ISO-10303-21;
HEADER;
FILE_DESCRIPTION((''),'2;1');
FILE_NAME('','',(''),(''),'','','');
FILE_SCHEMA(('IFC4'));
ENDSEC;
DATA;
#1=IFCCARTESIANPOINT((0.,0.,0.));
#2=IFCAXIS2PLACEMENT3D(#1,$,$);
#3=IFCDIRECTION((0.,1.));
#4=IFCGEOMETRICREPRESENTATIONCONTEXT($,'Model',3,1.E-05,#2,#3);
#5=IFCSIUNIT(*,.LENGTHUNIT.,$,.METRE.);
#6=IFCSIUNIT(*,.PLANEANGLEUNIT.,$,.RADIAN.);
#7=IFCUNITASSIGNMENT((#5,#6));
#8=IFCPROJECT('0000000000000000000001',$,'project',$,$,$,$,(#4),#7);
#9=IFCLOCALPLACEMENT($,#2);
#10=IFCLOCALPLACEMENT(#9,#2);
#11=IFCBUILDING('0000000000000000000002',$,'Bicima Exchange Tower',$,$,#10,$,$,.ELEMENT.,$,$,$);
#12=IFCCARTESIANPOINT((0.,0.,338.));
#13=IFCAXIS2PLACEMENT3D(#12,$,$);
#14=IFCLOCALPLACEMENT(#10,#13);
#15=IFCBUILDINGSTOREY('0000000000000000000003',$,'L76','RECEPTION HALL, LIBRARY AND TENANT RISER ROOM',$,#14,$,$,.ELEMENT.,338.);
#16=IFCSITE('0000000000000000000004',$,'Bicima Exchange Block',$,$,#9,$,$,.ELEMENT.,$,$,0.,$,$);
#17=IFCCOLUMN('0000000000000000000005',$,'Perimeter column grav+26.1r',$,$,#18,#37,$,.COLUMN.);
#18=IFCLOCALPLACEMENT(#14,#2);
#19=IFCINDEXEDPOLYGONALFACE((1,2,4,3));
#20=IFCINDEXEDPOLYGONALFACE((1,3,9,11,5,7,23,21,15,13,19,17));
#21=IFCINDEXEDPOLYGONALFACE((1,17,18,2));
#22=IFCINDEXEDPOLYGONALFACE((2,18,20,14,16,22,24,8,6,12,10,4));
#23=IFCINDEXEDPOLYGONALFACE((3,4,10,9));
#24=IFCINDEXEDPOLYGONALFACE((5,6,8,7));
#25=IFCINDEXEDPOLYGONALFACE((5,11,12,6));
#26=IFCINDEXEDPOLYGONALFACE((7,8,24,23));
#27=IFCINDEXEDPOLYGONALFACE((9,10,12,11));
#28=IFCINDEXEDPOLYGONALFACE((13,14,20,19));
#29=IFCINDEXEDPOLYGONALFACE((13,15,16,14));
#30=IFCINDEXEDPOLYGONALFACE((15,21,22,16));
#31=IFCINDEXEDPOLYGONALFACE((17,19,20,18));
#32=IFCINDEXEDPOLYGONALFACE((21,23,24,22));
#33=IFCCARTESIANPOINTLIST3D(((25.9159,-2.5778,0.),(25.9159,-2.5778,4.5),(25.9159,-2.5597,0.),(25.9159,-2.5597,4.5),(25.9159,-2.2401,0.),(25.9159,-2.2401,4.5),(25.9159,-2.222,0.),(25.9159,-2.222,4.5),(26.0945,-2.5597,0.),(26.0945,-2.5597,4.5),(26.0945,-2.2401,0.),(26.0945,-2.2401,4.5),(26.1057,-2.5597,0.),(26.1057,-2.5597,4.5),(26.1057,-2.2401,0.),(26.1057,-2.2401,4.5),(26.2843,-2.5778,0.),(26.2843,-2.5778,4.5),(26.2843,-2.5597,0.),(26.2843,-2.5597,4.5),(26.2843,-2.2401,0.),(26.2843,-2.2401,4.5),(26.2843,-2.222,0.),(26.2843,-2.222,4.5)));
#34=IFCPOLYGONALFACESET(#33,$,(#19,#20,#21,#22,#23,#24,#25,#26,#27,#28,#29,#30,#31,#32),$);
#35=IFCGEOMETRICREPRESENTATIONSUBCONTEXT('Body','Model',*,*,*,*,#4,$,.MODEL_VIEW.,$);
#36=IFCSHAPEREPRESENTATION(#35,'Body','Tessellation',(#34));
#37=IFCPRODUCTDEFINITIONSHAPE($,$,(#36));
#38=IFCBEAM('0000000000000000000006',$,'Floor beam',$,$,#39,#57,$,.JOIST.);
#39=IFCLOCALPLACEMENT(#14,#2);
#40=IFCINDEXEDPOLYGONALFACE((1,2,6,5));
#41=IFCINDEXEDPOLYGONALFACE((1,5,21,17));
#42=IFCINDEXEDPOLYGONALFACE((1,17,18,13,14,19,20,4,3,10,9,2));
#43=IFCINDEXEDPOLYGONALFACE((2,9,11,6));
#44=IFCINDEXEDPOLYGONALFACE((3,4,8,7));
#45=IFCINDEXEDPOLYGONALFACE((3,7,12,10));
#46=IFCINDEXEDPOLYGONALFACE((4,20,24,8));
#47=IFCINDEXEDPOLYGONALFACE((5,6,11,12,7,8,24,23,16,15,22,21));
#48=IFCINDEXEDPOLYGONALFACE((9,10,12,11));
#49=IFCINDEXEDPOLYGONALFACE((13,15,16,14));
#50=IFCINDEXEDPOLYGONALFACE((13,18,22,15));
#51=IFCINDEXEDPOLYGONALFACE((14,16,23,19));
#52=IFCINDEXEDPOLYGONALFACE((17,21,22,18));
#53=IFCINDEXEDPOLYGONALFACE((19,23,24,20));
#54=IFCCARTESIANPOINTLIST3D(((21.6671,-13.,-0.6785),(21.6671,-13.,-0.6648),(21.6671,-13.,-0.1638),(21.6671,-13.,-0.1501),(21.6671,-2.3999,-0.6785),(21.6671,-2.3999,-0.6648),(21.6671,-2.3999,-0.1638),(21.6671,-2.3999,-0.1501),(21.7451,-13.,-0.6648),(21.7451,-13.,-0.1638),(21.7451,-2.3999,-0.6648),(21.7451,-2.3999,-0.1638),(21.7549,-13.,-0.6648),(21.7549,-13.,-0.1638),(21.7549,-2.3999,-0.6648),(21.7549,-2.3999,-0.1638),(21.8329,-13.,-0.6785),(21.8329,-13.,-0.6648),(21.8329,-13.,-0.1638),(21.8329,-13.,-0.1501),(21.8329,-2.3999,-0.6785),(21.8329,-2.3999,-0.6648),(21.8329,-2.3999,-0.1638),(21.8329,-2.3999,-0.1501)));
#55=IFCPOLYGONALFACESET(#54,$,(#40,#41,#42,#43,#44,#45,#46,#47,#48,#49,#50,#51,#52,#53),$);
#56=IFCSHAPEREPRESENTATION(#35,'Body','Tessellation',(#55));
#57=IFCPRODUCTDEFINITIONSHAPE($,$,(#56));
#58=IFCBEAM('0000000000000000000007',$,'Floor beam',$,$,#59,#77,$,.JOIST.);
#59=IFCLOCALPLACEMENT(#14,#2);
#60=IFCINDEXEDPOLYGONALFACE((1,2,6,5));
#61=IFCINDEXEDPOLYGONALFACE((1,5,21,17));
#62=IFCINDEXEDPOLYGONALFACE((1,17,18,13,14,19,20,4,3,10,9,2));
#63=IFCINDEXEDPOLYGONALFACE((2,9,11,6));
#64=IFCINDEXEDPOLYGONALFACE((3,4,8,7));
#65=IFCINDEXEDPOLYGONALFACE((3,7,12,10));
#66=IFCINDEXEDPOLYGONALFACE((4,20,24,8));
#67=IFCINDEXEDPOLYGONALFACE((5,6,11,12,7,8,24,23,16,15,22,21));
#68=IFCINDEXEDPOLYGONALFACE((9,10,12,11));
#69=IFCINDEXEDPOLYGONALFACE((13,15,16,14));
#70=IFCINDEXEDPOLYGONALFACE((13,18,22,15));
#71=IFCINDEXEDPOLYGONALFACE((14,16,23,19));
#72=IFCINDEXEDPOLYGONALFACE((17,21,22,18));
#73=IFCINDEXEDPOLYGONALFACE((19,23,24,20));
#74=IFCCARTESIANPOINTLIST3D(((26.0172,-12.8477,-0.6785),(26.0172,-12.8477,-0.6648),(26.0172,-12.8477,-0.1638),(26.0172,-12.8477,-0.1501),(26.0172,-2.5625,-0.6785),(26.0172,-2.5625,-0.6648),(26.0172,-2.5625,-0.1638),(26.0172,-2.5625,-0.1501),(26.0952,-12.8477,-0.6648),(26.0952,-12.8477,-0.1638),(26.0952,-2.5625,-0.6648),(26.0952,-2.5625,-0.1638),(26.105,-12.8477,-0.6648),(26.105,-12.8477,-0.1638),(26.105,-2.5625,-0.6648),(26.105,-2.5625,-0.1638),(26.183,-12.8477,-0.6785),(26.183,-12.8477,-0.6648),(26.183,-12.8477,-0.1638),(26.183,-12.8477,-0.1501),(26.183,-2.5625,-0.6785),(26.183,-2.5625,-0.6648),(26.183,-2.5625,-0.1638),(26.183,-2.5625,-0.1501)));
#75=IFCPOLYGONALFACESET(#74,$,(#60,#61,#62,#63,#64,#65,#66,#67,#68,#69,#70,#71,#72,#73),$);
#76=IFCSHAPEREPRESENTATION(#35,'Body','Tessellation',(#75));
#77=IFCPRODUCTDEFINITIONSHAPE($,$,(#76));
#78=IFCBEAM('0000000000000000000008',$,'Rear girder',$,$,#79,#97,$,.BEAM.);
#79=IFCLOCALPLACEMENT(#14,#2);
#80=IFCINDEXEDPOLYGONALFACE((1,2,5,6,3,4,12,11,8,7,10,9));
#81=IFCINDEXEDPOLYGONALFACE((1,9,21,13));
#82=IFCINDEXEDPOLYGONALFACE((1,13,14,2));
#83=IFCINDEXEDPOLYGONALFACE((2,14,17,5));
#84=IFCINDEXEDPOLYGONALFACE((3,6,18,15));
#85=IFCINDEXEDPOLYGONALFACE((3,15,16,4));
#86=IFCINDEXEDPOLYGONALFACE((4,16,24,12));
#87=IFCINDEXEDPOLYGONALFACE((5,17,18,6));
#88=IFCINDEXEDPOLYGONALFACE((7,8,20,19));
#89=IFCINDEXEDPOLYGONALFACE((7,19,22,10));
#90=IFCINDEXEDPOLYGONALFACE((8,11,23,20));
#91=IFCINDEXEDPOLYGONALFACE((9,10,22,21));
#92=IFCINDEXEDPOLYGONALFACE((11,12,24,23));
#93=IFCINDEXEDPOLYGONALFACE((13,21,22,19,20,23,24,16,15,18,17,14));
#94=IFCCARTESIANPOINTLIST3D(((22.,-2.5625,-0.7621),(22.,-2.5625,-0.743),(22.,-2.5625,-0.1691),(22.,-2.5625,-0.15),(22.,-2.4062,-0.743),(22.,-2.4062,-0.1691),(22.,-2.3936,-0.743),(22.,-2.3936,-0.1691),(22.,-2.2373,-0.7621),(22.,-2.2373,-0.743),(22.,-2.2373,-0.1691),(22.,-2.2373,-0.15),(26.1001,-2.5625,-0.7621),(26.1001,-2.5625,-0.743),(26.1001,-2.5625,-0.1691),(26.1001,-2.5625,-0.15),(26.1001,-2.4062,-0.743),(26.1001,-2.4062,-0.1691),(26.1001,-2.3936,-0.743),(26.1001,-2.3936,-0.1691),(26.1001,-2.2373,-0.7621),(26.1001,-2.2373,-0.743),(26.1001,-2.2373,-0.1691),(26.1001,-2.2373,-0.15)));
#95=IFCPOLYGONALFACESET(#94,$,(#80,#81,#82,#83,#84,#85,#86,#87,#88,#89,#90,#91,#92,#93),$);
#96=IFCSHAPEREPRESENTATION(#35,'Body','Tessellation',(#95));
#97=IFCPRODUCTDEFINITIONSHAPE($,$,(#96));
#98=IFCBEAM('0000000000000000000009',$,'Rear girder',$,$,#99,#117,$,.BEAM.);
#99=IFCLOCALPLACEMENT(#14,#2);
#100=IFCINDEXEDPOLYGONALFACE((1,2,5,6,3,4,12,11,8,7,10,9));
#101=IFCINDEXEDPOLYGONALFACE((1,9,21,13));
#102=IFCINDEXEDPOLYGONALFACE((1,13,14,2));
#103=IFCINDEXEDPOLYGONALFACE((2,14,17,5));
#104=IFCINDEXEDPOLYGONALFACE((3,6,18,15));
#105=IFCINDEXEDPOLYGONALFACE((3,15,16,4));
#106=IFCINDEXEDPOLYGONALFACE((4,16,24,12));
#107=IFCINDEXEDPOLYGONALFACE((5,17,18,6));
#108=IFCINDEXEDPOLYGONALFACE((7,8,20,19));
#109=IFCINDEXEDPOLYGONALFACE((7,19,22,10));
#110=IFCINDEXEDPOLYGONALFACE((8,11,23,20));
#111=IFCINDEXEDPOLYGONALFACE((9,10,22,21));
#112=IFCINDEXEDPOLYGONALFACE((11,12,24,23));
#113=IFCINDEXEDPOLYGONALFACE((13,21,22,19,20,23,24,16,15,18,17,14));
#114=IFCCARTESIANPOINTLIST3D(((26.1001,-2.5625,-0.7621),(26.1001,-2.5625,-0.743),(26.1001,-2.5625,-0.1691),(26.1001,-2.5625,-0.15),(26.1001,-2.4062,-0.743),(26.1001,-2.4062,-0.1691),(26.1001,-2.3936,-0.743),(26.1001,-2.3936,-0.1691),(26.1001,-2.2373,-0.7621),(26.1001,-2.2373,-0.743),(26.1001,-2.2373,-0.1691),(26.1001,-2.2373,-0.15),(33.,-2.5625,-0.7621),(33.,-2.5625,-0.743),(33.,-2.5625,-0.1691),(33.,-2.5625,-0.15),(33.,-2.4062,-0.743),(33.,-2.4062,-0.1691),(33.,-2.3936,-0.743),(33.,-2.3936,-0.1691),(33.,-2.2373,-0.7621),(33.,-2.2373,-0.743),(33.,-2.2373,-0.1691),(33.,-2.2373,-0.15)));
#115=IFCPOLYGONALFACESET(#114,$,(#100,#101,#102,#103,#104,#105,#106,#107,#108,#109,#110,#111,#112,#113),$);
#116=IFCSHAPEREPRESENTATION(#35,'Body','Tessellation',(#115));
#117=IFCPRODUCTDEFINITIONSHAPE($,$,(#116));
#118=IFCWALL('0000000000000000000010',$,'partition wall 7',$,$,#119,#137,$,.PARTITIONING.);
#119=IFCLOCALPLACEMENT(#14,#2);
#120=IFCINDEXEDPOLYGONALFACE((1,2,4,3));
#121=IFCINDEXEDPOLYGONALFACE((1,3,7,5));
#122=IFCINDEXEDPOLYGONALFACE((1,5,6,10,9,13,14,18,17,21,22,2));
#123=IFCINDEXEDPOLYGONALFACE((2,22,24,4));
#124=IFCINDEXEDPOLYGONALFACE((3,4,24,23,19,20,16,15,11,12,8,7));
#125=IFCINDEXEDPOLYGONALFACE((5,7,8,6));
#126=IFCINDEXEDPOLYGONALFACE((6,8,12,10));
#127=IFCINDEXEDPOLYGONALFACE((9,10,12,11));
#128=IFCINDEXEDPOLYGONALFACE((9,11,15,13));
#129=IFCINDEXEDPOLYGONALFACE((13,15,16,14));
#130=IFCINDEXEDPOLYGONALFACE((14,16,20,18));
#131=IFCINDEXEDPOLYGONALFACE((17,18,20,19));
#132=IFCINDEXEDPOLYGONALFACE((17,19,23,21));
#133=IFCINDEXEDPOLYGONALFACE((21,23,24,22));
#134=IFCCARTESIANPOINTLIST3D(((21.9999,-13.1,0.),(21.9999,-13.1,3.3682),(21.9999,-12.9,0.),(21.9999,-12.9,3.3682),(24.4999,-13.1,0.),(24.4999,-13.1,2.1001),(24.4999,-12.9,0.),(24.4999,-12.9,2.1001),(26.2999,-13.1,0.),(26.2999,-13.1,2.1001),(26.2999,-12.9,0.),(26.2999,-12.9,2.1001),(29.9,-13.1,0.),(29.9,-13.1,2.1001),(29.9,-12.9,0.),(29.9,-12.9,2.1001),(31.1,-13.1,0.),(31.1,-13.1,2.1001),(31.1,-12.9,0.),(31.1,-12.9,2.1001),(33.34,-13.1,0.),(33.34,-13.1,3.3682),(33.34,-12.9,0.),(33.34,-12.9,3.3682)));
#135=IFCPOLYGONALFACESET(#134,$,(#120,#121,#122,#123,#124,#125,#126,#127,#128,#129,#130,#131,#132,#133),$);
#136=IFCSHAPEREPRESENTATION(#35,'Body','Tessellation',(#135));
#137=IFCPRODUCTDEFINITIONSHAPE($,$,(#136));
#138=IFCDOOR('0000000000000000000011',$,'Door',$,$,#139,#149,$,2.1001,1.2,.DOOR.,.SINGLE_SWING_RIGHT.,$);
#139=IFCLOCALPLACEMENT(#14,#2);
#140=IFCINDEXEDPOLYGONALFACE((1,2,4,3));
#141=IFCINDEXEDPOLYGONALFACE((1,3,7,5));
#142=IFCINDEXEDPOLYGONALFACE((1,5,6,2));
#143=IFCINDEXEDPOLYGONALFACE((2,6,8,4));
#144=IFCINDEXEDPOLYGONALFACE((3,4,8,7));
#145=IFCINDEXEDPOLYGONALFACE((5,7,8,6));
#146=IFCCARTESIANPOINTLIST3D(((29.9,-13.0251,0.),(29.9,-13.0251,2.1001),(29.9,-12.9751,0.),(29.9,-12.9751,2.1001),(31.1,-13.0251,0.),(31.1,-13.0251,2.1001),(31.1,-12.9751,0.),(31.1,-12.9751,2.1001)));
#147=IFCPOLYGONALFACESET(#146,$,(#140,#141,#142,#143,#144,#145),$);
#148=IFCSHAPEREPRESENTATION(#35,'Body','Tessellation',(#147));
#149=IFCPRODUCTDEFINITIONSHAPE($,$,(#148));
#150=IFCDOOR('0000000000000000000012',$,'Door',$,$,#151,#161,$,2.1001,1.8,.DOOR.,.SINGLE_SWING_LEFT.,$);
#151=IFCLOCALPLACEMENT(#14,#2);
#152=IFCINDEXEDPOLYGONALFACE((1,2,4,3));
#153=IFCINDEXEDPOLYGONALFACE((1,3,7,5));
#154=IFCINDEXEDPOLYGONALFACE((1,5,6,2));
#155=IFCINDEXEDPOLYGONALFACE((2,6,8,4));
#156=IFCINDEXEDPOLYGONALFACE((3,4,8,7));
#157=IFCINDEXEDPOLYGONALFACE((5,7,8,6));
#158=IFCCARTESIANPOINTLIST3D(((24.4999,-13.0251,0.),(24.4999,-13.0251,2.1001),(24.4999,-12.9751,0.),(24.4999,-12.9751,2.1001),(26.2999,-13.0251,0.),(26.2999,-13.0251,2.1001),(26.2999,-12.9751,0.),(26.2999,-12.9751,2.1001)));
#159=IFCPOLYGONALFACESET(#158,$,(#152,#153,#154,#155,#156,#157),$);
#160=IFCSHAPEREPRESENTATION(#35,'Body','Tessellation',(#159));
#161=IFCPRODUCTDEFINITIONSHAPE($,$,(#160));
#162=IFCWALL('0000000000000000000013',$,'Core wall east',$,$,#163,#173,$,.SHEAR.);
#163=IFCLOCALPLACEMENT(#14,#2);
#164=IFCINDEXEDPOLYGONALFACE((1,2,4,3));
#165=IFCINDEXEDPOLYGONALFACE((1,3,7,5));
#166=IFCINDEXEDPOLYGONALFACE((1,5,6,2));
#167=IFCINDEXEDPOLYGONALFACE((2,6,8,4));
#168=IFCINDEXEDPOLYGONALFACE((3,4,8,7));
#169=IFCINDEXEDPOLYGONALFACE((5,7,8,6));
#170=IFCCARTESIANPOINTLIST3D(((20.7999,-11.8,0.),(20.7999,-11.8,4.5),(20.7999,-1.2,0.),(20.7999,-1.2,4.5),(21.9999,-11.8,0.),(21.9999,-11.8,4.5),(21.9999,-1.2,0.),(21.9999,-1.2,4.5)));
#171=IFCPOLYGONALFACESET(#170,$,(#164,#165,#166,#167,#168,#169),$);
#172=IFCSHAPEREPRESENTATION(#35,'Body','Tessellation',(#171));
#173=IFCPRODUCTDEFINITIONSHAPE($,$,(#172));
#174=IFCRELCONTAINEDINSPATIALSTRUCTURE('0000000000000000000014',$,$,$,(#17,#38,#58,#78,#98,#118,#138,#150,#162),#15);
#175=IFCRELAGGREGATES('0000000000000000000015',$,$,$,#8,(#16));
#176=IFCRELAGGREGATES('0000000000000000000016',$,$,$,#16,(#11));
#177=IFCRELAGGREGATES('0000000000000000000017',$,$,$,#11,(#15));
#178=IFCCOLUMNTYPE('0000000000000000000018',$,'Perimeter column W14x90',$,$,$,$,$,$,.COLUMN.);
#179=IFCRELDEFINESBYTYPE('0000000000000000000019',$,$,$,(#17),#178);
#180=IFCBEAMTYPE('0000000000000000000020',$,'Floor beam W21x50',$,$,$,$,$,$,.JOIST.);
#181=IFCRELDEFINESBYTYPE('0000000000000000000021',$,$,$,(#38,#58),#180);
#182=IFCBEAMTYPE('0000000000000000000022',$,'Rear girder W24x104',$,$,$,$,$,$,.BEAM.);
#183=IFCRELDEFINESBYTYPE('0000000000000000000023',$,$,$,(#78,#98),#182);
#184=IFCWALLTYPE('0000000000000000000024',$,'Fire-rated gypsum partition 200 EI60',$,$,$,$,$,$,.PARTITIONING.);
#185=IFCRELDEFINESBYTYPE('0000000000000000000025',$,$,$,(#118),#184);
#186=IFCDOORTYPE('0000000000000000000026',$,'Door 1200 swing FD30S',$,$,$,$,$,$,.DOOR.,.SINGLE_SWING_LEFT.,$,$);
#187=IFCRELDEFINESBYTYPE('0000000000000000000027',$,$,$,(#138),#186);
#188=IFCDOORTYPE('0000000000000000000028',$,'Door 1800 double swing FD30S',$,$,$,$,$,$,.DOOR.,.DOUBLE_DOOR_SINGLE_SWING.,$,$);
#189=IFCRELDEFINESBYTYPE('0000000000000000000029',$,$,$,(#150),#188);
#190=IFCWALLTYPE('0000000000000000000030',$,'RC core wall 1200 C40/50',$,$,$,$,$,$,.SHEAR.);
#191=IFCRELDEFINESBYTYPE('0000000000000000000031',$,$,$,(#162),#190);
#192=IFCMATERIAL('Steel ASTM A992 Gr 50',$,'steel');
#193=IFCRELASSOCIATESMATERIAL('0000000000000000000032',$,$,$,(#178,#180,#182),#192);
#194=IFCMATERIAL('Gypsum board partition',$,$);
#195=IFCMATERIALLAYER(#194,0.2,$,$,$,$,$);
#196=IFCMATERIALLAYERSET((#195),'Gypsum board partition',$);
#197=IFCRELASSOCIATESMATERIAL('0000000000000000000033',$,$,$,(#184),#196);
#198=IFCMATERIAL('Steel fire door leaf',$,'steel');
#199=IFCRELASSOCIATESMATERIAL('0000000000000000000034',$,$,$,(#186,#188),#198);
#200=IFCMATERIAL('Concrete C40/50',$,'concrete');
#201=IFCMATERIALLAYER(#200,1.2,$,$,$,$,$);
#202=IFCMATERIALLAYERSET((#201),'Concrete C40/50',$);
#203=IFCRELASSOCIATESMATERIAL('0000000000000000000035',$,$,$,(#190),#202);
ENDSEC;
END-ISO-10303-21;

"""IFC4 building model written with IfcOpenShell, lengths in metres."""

from ifc_helpers import new_model, si_unit, direction, frame, frame_2d, origin, origin_2d, place, context, subcontext, project, spatial, rectangle, i_section, extrude, material, layer, layer_set, material_profile, profile_set, type_object, element, fill, save


model = new_model("IFC4")

# Units and contexts
model_context = context("Model", 3, precision=1e-05, world=origin(), true_north=direction((0.0, 1.0)))
body_context = subcontext(model_context, "Body", "Model", "MODEL_VIEW")
ifc_project = project(units=[si_unit("LENGTHUNIT", "METRE"), si_unit("PLANEANGLEUNIT", "RADIAN")], contexts=[model_context])

# Site, building, storey
site_placement = place(None, origin())
site = spatial("IfcSite", under=ifc_project, at=site_placement, Name="Bicima Exchange Block", CompositionType="ELEMENT", RefElevation=0.0)
building_placement = place(site_placement, origin())
building = spatial("IfcBuilding", under=site, at=building_placement, Name="Bicima Exchange Tower", CompositionType="ELEMENT")
storey_placement = place(building_placement, frame((0.0, 0.0, 338.0)))
storey = spatial("IfcBuildingStorey", under=building, at=storey_placement, Name="L76", Description="RECEPTION HALL, LIBRARY AND TENANT RISER ROOM", CompositionType="ELEMENT", Elevation=338.0)

# Column
ifc_material_1 = material(Name="Steel ASTM A992 Gr 50", Category="steel")
ifc_material_profile_1 = material_profile(ifc_material_1, i_section(OverallWidth=0.3684, OverallDepth=0.3557, WebThickness=0.0112, FlangeThickness=0.0181, at=origin_2d()))
ifc_profile_set_1 = profile_set([ifc_material_profile_1], Name="Steel ASTM A992 Gr 50")
column_type = type_object("IfcColumnType", Name="Perimeter column W14x90", PredefinedType="COLUMN", material=ifc_profile_set_1)
column_placement = place(storey_placement, frame((26.1001, -2.3999, 0.0), z_axis=(0.0, 0.0, 1.0), x_axis=(1.0, 0.0, 0.0)))
element("IfcColumn", 1, at=column_placement, inside=storey, type_object=column_type, Name="Perimeter column grav+26.1r", PredefinedType="COLUMN", context=body_context, shape_type="SweptSolid", body=[
    extrude(i_section(OverallWidth=0.3684, OverallDepth=0.3557, WebThickness=0.0112, FlangeThickness=0.0181, at=origin_2d()), origin(), (0.0, 0.0, 1.0), 4.5),
])

# Beams
ifc_material_profile_2 = material_profile(ifc_material_1, i_section(OverallWidth=0.1658, OverallDepth=0.5283, WebThickness=0.0098, FlangeThickness=0.0137, at=origin_2d()))
ifc_profile_set_2 = profile_set([ifc_material_profile_2], Name="Steel ASTM A992 Gr 50")
beam_type_1 = type_object("IfcBeamType", Name="Floor beam W21x50", PredefinedType="JOIST", material=ifc_profile_set_2)
beam_1_placement = place(storey_placement, frame((21.75, -2.3999, -0.4143), z_axis=(0.0, -1.0, 0.0), x_axis=(1.0, 0.0, 0.0)))
element("IfcBeam", 2, at=beam_1_placement, inside=storey, type_object=beam_type_1, Name="Floor beam", PredefinedType="JOIST", context=body_context, shape_type="SweptSolid", body=[
    extrude(i_section(OverallWidth=0.1658, OverallDepth=0.5283, WebThickness=0.0098, FlangeThickness=0.0137, at=origin_2d()), origin(), (0.0, 0.0, 1.0), 10.6001),
])
beam_2_placement = place(storey_placement, frame((26.1001, -2.5625, -0.4143), z_axis=(0.0, -1.0, 0.0), x_axis=(1.0, 0.0, 0.0)))
element("IfcBeam", 3, at=beam_2_placement, inside=storey, type_object=beam_type_1, Name="Floor beam", PredefinedType="JOIST", context=body_context, shape_type="SweptSolid", body=[
    extrude(i_section(OverallWidth=0.1658, OverallDepth=0.5283, WebThickness=0.0098, FlangeThickness=0.0137, at=origin_2d()), origin(), (0.0, 0.0, 1.0), 10.2852),
])
ifc_material_profile_3 = material_profile(ifc_material_1, i_section(OverallWidth=0.3252, OverallDepth=0.6121, WebThickness=0.0127, FlangeThickness=0.019, at=origin_2d()))
ifc_profile_set_3 = profile_set([ifc_material_profile_3], Name="Steel ASTM A992 Gr 50")
beam_type_2 = type_object("IfcBeamType", Name="Rear girder W24x104", PredefinedType="BEAM", material=ifc_profile_set_3)
beam_3_placement = place(storey_placement, frame((22.0, -2.3999, -0.4561), z_axis=(1.0, 0.0, 0.0), x_axis=(0.0, 1.0, 0.0)))
element("IfcBeam", 4, at=beam_3_placement, inside=storey, type_object=beam_type_2, Name="Rear girder", PredefinedType="BEAM", context=body_context, shape_type="SweptSolid", body=[
    extrude(i_section(OverallWidth=0.3252, OverallDepth=0.6121, WebThickness=0.0127, FlangeThickness=0.019, at=origin_2d()), origin(), (0.0, 0.0, 1.0), 4.1001),
])
beam_4_placement = place(storey_placement, frame((26.1001, -2.3999, -0.4561), z_axis=(1.0, 0.0, 0.0), x_axis=(0.0, 1.0, 0.0)))
element("IfcBeam", 5, at=beam_4_placement, inside=storey, type_object=beam_type_2, Name="Rear girder", PredefinedType="BEAM", context=body_context, shape_type="SweptSolid", body=[
    extrude(i_section(OverallWidth=0.3252, OverallDepth=0.6121, WebThickness=0.0127, FlangeThickness=0.019, at=origin_2d()), origin(), (0.0, 0.0, 1.0), 6.8999),
])

# Wall, openings, doors
ifc_material_2 = material(Name="Gypsum board partition")
ifc_layer_1 = layer(ifc_material_2, 0.2)
ifc_layer_set_1 = layer_set([ifc_layer_1], Name="Gypsum board partition")
wall_type_1 = type_object("IfcWallType", Name="Fire-rated gypsum partition 200 EI60", PredefinedType="PARTITIONING", material=ifc_layer_set_1)
wall_1_placement = place(storey_placement, frame((22.0, -13.0, 0.0), z_axis=(0.0, 0.0, 1.0), x_axis=(1.0, 0.0, 0.0)))
wall_1 = element("IfcWall", 6, at=wall_1_placement, inside=storey, type_object=wall_type_1, Name="partition wall 7", PredefinedType="PARTITIONING", context=body_context, shape_type="SweptSolid", body=[
    extrude(rectangle(XDim=11.3401, YDim=0.2, at=frame_2d((5.6699, 0.0))), origin(), (0.0, 0.0, 1.0), 3.3682),
])
opening_1_placement = place(wall_1_placement, frame((7.8999, 0.0, 0.0)))
opening_1 = element("IfcOpeningElement", 7, at=opening_1_placement, cuts=wall_1, PredefinedType="OPENING", context=body_context, shape_type="SweptSolid", body=[
    extrude(rectangle(XDim=1.2, YDim=2.1001, at=frame_2d((0.6001, 1.05))), frame((0.0, 0.1118, 0.0), z_axis=(0.0, -1.0, 0.0), x_axis=(1.0, 0.0, 0.0)), (0.0, 0.0, 1.0), 0.2239),
])
opening_2_placement = place(wall_1_placement, frame((2.5, 0.0, 0.0)))
opening_2 = element("IfcOpeningElement", 8, at=opening_2_placement, cuts=wall_1, PredefinedType="OPENING", context=body_context, shape_type="SweptSolid", body=[
    extrude(rectangle(XDim=1.8, YDim=2.1001, at=frame_2d((0.8999, 1.05))), frame((0.0, 0.1118, 0.0), z_axis=(0.0, -1.0, 0.0), x_axis=(1.0, 0.0, 0.0)), (0.0, 0.0, 1.0), 0.2239),
])
ifc_material_3 = material(Name="Steel fire door leaf", Category="steel")
door_type_1 = type_object("IfcDoorType", Name="Door 1200 swing FD30S", OperationType="SINGLE_SWING_LEFT", PredefinedType="DOOR", material=ifc_material_3)
door_1_placement = place(opening_1_placement, origin())
door_1 = element("IfcDoor", 9, at=door_1_placement, inside=storey, type_object=door_type_1, Name="Door", OperationType="SINGLE_SWING_RIGHT", OverallHeight=2.1001, OverallWidth=1.2, PredefinedType="DOOR", context=body_context, shape_type="SweptSolid", body=[
    extrude(rectangle(XDim=1.2, YDim=2.1001, at=frame_2d((0.6001, 1.05))), frame((0.0, 0.0249, 0.0), z_axis=(0.0, -1.0, 0.0), x_axis=(1.0, 0.0, 0.0)), (0.0, 0.0, 1.0), 0.05),
])
fill(opening_1, door_1)
door_type_2 = type_object("IfcDoorType", Name="Door 1800 double swing FD30S", OperationType="DOUBLE_DOOR_SINGLE_SWING", PredefinedType="DOOR", material=ifc_material_3)
door_2_placement = place(opening_2_placement, origin())
door_2 = element("IfcDoor", 10, at=door_2_placement, inside=storey, type_object=door_type_2, Name="Door", OperationType="SINGLE_SWING_LEFT", OverallHeight=2.1001, OverallWidth=1.8, PredefinedType="DOOR", context=body_context, shape_type="SweptSolid", body=[
    extrude(rectangle(XDim=1.8, YDim=2.1001, at=frame_2d((0.8999, 1.05))), frame((0.0, 0.0249, 0.0), z_axis=(0.0, -1.0, 0.0), x_axis=(1.0, 0.0, 0.0)), (0.0, 0.0, 1.0), 0.05),
])
fill(opening_2, door_2)

# Wall
ifc_material_4 = material(Name="Concrete C40/50", Category="concrete")
ifc_layer_2 = layer(ifc_material_4, 1.2)
ifc_layer_set_2 = layer_set([ifc_layer_2], Name="Concrete C40/50")
wall_type_2 = type_object("IfcWallType", Name="RC core wall 1200 C40/50", PredefinedType="SHEAR", material=ifc_layer_set_2)
wall_2_placement = place(storey_placement, frame((21.3999, -11.8, 0.0), z_axis=(0.0, 0.0, 1.0), x_axis=(0.0, 1.0, 0.0)))
element("IfcWall", 11, at=wall_2_placement, inside=storey, type_object=wall_type_2, Name="Core wall east", PredefinedType="SHEAR", context=body_context, shape_type="SweptSolid", body=[
    extrude(rectangle(XDim=10.6001, YDim=1.2, at=frame_2d((5.3, 0.0))), origin(), (0.0, 0.0, 1.0), 4.5),
])

save(model, "model.ifc")
